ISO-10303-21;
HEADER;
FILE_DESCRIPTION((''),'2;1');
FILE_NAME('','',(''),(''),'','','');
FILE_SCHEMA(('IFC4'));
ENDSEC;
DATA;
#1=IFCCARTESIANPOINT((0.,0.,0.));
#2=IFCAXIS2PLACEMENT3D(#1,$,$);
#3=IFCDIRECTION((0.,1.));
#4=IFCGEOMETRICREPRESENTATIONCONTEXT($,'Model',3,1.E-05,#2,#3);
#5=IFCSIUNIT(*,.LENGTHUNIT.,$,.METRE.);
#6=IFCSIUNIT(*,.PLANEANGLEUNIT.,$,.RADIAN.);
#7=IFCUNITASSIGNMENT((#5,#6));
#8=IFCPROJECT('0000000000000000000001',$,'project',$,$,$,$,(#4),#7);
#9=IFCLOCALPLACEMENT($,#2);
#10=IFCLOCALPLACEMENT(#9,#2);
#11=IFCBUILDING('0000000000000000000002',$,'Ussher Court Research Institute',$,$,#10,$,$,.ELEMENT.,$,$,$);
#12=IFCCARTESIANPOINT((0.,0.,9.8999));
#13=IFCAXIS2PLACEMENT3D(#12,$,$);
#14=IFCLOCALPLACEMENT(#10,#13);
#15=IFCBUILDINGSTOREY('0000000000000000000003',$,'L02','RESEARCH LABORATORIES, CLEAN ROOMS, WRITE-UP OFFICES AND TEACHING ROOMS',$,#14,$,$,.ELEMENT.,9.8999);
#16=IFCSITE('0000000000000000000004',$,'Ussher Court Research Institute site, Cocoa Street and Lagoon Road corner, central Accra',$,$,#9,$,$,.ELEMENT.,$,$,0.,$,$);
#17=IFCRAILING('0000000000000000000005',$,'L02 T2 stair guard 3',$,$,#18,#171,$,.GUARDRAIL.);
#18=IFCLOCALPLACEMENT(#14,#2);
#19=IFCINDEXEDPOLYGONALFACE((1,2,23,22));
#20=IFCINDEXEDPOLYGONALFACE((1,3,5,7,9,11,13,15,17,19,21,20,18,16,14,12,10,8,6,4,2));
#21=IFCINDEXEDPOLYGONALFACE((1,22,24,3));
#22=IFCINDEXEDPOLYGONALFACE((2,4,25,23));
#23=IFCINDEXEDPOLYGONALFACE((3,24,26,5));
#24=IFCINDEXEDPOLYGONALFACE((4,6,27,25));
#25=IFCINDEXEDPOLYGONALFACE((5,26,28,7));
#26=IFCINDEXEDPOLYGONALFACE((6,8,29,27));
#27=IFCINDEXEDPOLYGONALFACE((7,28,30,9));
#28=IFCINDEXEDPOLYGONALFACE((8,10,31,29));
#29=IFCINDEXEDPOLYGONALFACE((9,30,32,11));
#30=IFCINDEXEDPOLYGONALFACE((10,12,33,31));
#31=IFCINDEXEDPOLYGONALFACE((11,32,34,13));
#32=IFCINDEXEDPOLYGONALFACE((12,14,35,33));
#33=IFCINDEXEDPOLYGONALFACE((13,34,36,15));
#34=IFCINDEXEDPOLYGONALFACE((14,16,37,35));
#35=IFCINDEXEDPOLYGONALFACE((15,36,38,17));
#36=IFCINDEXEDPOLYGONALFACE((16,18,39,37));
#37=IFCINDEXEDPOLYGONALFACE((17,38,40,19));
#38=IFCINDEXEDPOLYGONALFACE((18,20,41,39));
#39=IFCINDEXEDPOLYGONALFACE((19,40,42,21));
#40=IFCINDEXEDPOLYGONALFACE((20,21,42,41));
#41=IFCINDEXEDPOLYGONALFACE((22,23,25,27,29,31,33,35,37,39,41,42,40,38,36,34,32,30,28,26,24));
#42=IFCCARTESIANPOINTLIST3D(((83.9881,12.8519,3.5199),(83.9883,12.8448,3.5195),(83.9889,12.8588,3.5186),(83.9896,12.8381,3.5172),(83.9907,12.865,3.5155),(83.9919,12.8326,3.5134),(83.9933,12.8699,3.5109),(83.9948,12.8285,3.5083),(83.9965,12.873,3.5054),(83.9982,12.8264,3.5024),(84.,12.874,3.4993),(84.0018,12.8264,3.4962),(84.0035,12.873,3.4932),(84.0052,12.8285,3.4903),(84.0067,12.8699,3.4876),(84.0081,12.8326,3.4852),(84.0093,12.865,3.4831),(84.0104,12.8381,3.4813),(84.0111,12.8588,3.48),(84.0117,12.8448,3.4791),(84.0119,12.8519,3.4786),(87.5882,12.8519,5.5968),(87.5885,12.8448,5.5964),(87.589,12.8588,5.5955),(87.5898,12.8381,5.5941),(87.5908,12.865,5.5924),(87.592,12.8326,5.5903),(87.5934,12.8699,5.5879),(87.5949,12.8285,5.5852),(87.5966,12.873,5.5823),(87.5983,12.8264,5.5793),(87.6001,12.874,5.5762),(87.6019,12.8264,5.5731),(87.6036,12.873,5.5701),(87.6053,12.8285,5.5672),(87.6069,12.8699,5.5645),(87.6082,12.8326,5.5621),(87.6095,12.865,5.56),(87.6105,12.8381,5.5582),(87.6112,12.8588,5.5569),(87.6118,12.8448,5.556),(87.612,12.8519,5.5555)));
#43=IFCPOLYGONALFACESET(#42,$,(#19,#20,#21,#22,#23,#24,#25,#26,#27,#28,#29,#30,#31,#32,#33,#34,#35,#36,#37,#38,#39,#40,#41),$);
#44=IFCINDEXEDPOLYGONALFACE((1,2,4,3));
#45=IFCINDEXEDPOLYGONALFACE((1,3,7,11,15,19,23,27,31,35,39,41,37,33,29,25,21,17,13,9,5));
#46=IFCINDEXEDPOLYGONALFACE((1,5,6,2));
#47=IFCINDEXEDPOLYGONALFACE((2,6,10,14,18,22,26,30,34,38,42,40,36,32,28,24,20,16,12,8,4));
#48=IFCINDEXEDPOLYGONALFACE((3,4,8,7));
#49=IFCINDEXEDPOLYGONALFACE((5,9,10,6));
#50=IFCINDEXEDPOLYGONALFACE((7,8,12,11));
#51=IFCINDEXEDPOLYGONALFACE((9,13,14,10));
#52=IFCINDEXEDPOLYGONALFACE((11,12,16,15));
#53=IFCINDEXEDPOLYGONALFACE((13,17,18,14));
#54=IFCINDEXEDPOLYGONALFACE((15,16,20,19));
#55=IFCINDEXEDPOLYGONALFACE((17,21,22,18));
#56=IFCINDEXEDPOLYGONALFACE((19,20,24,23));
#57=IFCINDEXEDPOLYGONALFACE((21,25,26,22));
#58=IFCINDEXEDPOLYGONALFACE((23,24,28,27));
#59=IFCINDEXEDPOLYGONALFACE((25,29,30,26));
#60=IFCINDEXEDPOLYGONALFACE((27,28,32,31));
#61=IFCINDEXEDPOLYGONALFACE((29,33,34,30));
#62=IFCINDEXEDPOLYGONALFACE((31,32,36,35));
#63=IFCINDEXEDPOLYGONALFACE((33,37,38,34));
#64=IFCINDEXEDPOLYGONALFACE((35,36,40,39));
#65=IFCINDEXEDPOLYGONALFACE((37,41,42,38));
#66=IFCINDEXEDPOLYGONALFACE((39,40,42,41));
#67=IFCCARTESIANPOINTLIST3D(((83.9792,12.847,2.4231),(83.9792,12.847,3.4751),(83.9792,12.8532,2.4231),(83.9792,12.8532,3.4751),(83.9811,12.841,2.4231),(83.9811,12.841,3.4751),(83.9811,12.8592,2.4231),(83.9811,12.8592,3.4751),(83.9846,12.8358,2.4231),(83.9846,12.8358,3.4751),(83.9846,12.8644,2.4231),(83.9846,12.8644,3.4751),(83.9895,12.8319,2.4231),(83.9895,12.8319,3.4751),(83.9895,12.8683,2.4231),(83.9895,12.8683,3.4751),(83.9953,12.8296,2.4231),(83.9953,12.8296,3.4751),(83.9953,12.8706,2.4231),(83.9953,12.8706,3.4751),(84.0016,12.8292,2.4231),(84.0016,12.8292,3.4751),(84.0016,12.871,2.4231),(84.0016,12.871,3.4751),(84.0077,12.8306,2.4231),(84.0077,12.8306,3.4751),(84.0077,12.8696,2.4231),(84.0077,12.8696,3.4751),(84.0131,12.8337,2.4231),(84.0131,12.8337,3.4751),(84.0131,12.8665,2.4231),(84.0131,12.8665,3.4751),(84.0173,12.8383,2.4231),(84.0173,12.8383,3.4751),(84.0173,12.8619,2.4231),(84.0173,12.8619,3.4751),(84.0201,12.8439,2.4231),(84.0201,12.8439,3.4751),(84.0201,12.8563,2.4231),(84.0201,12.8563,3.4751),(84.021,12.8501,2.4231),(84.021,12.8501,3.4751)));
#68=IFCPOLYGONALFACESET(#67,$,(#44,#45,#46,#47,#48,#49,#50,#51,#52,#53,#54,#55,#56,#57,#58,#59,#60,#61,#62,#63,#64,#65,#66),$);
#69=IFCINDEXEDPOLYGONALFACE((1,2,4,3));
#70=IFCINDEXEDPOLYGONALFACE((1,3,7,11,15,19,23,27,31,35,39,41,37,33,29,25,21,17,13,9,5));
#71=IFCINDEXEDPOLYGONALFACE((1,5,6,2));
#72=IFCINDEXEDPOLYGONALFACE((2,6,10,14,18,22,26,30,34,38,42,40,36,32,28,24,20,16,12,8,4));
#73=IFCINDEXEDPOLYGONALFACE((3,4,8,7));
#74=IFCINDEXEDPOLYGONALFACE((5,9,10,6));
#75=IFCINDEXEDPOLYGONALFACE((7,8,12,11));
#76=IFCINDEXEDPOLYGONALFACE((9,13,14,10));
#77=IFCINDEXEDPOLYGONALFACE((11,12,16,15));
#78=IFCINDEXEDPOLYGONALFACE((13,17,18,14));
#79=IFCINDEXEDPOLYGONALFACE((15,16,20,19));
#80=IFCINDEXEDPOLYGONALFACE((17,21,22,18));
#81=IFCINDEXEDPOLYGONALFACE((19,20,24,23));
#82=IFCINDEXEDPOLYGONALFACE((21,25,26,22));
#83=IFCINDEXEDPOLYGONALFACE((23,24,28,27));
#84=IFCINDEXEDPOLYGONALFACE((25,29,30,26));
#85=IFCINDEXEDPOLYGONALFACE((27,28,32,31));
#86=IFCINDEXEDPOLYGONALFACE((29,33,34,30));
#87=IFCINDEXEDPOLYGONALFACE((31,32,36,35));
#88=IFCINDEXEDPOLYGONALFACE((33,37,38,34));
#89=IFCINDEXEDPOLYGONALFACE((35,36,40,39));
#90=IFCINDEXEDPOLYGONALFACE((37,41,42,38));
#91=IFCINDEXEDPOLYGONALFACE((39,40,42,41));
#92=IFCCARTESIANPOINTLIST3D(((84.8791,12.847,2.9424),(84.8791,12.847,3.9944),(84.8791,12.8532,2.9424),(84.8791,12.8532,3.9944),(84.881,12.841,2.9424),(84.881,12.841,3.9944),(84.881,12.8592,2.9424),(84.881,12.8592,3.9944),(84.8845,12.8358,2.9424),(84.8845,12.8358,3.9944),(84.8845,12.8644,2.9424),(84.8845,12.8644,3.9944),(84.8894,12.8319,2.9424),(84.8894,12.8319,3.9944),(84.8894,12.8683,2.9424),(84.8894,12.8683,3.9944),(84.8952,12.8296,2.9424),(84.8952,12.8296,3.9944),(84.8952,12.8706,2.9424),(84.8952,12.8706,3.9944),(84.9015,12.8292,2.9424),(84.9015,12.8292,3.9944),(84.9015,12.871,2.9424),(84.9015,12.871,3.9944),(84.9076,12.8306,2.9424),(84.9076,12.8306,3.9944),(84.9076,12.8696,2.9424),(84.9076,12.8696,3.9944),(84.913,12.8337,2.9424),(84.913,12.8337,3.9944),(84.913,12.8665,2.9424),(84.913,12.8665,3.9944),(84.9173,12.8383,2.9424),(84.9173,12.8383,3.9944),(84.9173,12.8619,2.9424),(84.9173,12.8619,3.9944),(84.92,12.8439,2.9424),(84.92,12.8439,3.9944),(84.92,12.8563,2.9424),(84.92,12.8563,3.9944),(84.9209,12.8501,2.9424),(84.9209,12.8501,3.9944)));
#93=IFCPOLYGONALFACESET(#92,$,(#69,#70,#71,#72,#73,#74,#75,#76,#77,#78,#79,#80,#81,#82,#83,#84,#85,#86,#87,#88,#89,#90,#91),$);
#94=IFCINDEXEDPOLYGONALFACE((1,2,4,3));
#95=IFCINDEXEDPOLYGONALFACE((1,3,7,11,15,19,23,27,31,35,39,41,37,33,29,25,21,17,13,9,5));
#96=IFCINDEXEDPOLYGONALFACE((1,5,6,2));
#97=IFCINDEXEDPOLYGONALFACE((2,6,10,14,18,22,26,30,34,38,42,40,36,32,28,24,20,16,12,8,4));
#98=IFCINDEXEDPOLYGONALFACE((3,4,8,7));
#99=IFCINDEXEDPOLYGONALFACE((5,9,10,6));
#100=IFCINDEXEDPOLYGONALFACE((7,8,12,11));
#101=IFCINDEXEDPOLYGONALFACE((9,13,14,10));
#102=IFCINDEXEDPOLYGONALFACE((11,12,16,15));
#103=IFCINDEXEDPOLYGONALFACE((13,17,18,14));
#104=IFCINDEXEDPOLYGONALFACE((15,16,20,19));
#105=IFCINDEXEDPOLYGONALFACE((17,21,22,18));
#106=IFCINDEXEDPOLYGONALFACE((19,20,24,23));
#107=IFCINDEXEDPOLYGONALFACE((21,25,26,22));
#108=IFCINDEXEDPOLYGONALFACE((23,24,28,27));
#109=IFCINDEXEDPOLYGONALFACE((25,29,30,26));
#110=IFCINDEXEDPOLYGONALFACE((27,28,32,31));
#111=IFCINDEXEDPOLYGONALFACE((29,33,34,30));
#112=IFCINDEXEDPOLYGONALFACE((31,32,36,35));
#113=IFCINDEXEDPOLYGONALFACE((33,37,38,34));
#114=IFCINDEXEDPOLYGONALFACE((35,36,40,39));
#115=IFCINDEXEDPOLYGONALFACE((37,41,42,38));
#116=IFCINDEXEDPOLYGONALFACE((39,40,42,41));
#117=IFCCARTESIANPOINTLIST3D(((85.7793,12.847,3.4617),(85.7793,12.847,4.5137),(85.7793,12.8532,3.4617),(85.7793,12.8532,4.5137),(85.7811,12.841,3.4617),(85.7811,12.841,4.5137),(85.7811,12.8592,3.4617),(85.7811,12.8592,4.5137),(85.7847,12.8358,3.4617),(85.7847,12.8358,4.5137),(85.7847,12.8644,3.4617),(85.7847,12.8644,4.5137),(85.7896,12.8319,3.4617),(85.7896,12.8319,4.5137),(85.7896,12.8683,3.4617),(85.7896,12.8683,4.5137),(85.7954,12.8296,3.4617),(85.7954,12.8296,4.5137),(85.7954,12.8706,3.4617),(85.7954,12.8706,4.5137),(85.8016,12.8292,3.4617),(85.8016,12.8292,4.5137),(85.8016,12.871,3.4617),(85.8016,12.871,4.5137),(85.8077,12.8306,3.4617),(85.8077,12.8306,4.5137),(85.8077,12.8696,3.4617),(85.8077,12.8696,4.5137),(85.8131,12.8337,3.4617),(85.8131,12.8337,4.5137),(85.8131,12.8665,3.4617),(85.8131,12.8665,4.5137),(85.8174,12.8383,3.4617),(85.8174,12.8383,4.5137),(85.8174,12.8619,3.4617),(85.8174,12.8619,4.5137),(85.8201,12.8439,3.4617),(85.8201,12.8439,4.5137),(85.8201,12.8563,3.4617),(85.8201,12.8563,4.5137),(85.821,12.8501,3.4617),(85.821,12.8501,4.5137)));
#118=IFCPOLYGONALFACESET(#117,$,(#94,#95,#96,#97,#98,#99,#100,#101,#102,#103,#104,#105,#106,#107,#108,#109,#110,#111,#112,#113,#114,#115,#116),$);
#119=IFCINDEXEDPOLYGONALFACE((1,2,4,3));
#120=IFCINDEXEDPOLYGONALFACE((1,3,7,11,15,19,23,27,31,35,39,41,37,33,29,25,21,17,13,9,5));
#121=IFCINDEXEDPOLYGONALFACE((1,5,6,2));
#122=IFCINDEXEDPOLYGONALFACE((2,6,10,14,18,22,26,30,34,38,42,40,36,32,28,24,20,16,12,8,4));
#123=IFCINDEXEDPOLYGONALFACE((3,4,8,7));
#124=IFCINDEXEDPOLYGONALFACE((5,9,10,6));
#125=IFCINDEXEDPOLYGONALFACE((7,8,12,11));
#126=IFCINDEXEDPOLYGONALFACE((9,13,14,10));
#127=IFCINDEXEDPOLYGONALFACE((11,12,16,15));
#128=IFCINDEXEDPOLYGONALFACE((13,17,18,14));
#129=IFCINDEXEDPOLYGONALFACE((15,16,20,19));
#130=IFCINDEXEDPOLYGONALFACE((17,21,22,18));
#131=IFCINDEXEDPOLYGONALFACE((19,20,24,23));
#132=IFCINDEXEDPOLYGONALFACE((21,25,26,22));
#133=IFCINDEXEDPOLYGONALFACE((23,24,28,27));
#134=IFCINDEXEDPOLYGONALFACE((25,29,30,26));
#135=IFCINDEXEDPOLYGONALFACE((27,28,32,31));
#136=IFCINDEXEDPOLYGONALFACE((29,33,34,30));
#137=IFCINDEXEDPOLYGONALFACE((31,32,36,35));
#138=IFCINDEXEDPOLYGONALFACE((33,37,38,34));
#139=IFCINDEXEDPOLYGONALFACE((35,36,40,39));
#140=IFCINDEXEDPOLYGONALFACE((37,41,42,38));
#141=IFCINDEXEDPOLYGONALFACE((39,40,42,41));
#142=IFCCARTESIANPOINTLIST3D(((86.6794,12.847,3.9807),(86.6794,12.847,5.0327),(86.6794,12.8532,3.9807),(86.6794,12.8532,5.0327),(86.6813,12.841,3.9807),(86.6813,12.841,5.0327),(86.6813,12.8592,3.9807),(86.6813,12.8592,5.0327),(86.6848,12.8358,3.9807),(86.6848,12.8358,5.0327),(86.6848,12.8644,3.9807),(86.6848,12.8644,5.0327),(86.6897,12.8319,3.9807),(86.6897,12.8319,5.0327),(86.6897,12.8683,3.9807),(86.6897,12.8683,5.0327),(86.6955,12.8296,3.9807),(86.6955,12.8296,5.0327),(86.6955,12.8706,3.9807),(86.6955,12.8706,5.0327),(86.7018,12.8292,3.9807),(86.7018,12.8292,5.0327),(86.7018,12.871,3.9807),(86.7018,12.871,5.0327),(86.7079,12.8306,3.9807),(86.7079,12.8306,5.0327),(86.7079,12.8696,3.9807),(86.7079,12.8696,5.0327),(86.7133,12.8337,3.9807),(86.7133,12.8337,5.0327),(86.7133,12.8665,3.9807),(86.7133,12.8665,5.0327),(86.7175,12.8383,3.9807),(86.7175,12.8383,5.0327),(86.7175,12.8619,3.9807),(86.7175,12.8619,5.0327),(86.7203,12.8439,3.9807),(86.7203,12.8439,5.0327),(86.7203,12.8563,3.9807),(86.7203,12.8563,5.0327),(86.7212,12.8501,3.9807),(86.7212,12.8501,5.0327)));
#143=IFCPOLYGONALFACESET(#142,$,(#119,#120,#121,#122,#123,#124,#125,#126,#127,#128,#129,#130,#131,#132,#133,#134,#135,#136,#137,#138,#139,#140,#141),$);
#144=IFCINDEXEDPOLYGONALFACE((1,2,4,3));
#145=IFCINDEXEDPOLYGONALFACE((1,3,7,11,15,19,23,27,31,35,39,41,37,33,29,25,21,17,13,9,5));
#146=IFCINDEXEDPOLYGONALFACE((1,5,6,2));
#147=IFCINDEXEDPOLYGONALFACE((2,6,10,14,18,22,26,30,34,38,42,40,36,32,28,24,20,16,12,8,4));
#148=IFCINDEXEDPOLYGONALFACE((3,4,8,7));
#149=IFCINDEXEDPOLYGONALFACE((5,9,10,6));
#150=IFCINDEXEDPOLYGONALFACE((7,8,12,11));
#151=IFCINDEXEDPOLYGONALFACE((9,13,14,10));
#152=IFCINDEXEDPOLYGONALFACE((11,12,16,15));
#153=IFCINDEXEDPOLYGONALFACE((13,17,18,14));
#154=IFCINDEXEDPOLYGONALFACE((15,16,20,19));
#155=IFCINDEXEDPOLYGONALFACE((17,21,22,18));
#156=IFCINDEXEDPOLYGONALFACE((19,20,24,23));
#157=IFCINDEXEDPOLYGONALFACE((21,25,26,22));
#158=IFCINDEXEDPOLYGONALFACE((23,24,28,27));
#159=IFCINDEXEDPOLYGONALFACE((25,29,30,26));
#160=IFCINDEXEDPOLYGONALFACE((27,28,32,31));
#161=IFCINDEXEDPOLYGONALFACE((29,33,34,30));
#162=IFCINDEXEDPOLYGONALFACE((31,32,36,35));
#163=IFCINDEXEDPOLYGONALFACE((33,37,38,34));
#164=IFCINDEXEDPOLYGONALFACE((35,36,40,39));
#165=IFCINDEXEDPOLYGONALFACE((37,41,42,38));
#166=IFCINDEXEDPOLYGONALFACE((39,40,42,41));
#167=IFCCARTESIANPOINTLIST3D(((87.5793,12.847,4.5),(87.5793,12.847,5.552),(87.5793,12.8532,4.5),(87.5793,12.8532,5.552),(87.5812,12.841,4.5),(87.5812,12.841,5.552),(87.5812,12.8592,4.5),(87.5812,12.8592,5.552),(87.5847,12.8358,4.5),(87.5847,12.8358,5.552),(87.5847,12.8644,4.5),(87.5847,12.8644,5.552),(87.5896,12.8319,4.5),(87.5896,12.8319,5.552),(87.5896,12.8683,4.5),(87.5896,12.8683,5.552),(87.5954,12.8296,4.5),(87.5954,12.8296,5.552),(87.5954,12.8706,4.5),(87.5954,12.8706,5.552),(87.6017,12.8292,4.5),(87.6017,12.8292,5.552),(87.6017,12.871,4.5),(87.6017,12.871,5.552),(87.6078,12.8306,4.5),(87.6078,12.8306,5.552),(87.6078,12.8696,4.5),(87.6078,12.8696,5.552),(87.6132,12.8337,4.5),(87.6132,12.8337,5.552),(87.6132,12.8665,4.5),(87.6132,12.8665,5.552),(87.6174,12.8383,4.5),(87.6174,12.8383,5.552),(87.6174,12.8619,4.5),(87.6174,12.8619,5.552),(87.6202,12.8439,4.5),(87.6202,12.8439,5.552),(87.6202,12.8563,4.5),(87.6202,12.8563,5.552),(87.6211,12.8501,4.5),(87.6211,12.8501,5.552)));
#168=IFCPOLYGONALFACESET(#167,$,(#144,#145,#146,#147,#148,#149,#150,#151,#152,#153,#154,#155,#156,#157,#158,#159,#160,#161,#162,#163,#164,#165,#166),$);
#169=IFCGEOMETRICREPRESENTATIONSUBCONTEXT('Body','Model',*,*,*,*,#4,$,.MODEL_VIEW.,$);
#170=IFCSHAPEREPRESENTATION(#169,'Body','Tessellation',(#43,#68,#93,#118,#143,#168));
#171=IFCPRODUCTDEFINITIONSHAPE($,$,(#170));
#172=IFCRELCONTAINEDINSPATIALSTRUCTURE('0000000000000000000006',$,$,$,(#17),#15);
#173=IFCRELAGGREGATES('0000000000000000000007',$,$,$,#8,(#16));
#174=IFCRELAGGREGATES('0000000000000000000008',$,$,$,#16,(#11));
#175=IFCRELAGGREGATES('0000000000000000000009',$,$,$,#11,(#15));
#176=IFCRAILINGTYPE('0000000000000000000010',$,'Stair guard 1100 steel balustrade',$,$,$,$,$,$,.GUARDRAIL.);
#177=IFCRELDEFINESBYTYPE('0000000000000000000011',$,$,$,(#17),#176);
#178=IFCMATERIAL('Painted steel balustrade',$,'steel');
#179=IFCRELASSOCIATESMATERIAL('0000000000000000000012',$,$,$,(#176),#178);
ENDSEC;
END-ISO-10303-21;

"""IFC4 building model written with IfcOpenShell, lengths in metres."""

from ifc_helpers import new_model, si_unit, direction, frame, origin, origin_2d, place, context, subcontext, project, spatial, circle, extrude, material, type_object, element, save


model = new_model("IFC4")

# Units and contexts
model_context = context("Model", 3, precision=1e-05, world=origin(), true_north=direction((0.0, 1.0)))
body_context = subcontext(model_context, "Body", "Model", "MODEL_VIEW")
ifc_project = project(units=[si_unit("LENGTHUNIT", "METRE"), si_unit("PLANEANGLEUNIT", "RADIAN")], contexts=[model_context])

# Site, building, storey
site_placement = place(None, origin())
site = spatial("IfcSite", under=ifc_project, at=site_placement, Name="Ussher Court Research Institute site, Cocoa Street and Lagoon Road corner, central Accra", CompositionType="ELEMENT", RefElevation=0.0)
building_placement = place(site_placement, origin())
building = spatial("IfcBuilding", under=site, at=building_placement, Name="Ussher Court Research Institute", CompositionType="ELEMENT")
storey_placement = place(building_placement, frame((0.0, 0.0, 9.8999)))
storey = spatial("IfcBuildingStorey", under=building, at=storey_placement, Name="L02", Description="RESEARCH LABORATORIES, CLEAN ROOMS, WRITE-UP OFFICES AND TEACHING ROOMS", CompositionType="ELEMENT", Elevation=9.8999)

# Railing
ifc_material_1 = material(Name="Painted steel balustrade", Category="steel")
railing_type_1 = type_object("IfcRailingType", Name="Stair guard 1100 steel balustrade", PredefinedType="GUARDRAIL", material=ifc_material_1)
railing_1_placement = place(storey_placement, frame((84.0, 12.8501, 2.4231)))
element("IfcRailing", 1, at=railing_1_placement, inside=storey, type_object=railing_type_1, Name="L02 T2 stair guard 3", PredefinedType="GUARDRAIL", context=body_context, shape_type="SweptSolid", body=[
    extrude(circle(Radius=0.0239, at=origin_2d()), frame((0.0, 0.0, 1.0762), z_axis=(0.866193, 0.0, 0.499709), x_axis=(0.0, 1.0, 0.0)), (0.0, 0.0, 1.0), 4.1562),
    extrude(circle(Radius=0.021, at=origin_2d()), origin(), (0.0, 0.0, 1.0), 1.052),
    extrude(circle(Radius=0.021, at=origin_2d()), frame((0.8999, 0.0, 0.5193)), (0.0, 0.0, 1.0), 1.052),
    extrude(circle(Radius=0.021, at=origin_2d()), frame((1.8, 0.0, 1.0386)), (0.0, 0.0, 1.0), 1.052),
    extrude(circle(Radius=0.021, at=origin_2d()), frame((2.7002, 0.0, 1.5576)), (0.0, 0.0, 1.0), 1.052),
    extrude(circle(Radius=0.021, at=origin_2d()), frame((3.6001, 0.0, 2.0769)), (0.0, 0.0, 1.0), 1.052),
])

save(model, "model.ifc")
